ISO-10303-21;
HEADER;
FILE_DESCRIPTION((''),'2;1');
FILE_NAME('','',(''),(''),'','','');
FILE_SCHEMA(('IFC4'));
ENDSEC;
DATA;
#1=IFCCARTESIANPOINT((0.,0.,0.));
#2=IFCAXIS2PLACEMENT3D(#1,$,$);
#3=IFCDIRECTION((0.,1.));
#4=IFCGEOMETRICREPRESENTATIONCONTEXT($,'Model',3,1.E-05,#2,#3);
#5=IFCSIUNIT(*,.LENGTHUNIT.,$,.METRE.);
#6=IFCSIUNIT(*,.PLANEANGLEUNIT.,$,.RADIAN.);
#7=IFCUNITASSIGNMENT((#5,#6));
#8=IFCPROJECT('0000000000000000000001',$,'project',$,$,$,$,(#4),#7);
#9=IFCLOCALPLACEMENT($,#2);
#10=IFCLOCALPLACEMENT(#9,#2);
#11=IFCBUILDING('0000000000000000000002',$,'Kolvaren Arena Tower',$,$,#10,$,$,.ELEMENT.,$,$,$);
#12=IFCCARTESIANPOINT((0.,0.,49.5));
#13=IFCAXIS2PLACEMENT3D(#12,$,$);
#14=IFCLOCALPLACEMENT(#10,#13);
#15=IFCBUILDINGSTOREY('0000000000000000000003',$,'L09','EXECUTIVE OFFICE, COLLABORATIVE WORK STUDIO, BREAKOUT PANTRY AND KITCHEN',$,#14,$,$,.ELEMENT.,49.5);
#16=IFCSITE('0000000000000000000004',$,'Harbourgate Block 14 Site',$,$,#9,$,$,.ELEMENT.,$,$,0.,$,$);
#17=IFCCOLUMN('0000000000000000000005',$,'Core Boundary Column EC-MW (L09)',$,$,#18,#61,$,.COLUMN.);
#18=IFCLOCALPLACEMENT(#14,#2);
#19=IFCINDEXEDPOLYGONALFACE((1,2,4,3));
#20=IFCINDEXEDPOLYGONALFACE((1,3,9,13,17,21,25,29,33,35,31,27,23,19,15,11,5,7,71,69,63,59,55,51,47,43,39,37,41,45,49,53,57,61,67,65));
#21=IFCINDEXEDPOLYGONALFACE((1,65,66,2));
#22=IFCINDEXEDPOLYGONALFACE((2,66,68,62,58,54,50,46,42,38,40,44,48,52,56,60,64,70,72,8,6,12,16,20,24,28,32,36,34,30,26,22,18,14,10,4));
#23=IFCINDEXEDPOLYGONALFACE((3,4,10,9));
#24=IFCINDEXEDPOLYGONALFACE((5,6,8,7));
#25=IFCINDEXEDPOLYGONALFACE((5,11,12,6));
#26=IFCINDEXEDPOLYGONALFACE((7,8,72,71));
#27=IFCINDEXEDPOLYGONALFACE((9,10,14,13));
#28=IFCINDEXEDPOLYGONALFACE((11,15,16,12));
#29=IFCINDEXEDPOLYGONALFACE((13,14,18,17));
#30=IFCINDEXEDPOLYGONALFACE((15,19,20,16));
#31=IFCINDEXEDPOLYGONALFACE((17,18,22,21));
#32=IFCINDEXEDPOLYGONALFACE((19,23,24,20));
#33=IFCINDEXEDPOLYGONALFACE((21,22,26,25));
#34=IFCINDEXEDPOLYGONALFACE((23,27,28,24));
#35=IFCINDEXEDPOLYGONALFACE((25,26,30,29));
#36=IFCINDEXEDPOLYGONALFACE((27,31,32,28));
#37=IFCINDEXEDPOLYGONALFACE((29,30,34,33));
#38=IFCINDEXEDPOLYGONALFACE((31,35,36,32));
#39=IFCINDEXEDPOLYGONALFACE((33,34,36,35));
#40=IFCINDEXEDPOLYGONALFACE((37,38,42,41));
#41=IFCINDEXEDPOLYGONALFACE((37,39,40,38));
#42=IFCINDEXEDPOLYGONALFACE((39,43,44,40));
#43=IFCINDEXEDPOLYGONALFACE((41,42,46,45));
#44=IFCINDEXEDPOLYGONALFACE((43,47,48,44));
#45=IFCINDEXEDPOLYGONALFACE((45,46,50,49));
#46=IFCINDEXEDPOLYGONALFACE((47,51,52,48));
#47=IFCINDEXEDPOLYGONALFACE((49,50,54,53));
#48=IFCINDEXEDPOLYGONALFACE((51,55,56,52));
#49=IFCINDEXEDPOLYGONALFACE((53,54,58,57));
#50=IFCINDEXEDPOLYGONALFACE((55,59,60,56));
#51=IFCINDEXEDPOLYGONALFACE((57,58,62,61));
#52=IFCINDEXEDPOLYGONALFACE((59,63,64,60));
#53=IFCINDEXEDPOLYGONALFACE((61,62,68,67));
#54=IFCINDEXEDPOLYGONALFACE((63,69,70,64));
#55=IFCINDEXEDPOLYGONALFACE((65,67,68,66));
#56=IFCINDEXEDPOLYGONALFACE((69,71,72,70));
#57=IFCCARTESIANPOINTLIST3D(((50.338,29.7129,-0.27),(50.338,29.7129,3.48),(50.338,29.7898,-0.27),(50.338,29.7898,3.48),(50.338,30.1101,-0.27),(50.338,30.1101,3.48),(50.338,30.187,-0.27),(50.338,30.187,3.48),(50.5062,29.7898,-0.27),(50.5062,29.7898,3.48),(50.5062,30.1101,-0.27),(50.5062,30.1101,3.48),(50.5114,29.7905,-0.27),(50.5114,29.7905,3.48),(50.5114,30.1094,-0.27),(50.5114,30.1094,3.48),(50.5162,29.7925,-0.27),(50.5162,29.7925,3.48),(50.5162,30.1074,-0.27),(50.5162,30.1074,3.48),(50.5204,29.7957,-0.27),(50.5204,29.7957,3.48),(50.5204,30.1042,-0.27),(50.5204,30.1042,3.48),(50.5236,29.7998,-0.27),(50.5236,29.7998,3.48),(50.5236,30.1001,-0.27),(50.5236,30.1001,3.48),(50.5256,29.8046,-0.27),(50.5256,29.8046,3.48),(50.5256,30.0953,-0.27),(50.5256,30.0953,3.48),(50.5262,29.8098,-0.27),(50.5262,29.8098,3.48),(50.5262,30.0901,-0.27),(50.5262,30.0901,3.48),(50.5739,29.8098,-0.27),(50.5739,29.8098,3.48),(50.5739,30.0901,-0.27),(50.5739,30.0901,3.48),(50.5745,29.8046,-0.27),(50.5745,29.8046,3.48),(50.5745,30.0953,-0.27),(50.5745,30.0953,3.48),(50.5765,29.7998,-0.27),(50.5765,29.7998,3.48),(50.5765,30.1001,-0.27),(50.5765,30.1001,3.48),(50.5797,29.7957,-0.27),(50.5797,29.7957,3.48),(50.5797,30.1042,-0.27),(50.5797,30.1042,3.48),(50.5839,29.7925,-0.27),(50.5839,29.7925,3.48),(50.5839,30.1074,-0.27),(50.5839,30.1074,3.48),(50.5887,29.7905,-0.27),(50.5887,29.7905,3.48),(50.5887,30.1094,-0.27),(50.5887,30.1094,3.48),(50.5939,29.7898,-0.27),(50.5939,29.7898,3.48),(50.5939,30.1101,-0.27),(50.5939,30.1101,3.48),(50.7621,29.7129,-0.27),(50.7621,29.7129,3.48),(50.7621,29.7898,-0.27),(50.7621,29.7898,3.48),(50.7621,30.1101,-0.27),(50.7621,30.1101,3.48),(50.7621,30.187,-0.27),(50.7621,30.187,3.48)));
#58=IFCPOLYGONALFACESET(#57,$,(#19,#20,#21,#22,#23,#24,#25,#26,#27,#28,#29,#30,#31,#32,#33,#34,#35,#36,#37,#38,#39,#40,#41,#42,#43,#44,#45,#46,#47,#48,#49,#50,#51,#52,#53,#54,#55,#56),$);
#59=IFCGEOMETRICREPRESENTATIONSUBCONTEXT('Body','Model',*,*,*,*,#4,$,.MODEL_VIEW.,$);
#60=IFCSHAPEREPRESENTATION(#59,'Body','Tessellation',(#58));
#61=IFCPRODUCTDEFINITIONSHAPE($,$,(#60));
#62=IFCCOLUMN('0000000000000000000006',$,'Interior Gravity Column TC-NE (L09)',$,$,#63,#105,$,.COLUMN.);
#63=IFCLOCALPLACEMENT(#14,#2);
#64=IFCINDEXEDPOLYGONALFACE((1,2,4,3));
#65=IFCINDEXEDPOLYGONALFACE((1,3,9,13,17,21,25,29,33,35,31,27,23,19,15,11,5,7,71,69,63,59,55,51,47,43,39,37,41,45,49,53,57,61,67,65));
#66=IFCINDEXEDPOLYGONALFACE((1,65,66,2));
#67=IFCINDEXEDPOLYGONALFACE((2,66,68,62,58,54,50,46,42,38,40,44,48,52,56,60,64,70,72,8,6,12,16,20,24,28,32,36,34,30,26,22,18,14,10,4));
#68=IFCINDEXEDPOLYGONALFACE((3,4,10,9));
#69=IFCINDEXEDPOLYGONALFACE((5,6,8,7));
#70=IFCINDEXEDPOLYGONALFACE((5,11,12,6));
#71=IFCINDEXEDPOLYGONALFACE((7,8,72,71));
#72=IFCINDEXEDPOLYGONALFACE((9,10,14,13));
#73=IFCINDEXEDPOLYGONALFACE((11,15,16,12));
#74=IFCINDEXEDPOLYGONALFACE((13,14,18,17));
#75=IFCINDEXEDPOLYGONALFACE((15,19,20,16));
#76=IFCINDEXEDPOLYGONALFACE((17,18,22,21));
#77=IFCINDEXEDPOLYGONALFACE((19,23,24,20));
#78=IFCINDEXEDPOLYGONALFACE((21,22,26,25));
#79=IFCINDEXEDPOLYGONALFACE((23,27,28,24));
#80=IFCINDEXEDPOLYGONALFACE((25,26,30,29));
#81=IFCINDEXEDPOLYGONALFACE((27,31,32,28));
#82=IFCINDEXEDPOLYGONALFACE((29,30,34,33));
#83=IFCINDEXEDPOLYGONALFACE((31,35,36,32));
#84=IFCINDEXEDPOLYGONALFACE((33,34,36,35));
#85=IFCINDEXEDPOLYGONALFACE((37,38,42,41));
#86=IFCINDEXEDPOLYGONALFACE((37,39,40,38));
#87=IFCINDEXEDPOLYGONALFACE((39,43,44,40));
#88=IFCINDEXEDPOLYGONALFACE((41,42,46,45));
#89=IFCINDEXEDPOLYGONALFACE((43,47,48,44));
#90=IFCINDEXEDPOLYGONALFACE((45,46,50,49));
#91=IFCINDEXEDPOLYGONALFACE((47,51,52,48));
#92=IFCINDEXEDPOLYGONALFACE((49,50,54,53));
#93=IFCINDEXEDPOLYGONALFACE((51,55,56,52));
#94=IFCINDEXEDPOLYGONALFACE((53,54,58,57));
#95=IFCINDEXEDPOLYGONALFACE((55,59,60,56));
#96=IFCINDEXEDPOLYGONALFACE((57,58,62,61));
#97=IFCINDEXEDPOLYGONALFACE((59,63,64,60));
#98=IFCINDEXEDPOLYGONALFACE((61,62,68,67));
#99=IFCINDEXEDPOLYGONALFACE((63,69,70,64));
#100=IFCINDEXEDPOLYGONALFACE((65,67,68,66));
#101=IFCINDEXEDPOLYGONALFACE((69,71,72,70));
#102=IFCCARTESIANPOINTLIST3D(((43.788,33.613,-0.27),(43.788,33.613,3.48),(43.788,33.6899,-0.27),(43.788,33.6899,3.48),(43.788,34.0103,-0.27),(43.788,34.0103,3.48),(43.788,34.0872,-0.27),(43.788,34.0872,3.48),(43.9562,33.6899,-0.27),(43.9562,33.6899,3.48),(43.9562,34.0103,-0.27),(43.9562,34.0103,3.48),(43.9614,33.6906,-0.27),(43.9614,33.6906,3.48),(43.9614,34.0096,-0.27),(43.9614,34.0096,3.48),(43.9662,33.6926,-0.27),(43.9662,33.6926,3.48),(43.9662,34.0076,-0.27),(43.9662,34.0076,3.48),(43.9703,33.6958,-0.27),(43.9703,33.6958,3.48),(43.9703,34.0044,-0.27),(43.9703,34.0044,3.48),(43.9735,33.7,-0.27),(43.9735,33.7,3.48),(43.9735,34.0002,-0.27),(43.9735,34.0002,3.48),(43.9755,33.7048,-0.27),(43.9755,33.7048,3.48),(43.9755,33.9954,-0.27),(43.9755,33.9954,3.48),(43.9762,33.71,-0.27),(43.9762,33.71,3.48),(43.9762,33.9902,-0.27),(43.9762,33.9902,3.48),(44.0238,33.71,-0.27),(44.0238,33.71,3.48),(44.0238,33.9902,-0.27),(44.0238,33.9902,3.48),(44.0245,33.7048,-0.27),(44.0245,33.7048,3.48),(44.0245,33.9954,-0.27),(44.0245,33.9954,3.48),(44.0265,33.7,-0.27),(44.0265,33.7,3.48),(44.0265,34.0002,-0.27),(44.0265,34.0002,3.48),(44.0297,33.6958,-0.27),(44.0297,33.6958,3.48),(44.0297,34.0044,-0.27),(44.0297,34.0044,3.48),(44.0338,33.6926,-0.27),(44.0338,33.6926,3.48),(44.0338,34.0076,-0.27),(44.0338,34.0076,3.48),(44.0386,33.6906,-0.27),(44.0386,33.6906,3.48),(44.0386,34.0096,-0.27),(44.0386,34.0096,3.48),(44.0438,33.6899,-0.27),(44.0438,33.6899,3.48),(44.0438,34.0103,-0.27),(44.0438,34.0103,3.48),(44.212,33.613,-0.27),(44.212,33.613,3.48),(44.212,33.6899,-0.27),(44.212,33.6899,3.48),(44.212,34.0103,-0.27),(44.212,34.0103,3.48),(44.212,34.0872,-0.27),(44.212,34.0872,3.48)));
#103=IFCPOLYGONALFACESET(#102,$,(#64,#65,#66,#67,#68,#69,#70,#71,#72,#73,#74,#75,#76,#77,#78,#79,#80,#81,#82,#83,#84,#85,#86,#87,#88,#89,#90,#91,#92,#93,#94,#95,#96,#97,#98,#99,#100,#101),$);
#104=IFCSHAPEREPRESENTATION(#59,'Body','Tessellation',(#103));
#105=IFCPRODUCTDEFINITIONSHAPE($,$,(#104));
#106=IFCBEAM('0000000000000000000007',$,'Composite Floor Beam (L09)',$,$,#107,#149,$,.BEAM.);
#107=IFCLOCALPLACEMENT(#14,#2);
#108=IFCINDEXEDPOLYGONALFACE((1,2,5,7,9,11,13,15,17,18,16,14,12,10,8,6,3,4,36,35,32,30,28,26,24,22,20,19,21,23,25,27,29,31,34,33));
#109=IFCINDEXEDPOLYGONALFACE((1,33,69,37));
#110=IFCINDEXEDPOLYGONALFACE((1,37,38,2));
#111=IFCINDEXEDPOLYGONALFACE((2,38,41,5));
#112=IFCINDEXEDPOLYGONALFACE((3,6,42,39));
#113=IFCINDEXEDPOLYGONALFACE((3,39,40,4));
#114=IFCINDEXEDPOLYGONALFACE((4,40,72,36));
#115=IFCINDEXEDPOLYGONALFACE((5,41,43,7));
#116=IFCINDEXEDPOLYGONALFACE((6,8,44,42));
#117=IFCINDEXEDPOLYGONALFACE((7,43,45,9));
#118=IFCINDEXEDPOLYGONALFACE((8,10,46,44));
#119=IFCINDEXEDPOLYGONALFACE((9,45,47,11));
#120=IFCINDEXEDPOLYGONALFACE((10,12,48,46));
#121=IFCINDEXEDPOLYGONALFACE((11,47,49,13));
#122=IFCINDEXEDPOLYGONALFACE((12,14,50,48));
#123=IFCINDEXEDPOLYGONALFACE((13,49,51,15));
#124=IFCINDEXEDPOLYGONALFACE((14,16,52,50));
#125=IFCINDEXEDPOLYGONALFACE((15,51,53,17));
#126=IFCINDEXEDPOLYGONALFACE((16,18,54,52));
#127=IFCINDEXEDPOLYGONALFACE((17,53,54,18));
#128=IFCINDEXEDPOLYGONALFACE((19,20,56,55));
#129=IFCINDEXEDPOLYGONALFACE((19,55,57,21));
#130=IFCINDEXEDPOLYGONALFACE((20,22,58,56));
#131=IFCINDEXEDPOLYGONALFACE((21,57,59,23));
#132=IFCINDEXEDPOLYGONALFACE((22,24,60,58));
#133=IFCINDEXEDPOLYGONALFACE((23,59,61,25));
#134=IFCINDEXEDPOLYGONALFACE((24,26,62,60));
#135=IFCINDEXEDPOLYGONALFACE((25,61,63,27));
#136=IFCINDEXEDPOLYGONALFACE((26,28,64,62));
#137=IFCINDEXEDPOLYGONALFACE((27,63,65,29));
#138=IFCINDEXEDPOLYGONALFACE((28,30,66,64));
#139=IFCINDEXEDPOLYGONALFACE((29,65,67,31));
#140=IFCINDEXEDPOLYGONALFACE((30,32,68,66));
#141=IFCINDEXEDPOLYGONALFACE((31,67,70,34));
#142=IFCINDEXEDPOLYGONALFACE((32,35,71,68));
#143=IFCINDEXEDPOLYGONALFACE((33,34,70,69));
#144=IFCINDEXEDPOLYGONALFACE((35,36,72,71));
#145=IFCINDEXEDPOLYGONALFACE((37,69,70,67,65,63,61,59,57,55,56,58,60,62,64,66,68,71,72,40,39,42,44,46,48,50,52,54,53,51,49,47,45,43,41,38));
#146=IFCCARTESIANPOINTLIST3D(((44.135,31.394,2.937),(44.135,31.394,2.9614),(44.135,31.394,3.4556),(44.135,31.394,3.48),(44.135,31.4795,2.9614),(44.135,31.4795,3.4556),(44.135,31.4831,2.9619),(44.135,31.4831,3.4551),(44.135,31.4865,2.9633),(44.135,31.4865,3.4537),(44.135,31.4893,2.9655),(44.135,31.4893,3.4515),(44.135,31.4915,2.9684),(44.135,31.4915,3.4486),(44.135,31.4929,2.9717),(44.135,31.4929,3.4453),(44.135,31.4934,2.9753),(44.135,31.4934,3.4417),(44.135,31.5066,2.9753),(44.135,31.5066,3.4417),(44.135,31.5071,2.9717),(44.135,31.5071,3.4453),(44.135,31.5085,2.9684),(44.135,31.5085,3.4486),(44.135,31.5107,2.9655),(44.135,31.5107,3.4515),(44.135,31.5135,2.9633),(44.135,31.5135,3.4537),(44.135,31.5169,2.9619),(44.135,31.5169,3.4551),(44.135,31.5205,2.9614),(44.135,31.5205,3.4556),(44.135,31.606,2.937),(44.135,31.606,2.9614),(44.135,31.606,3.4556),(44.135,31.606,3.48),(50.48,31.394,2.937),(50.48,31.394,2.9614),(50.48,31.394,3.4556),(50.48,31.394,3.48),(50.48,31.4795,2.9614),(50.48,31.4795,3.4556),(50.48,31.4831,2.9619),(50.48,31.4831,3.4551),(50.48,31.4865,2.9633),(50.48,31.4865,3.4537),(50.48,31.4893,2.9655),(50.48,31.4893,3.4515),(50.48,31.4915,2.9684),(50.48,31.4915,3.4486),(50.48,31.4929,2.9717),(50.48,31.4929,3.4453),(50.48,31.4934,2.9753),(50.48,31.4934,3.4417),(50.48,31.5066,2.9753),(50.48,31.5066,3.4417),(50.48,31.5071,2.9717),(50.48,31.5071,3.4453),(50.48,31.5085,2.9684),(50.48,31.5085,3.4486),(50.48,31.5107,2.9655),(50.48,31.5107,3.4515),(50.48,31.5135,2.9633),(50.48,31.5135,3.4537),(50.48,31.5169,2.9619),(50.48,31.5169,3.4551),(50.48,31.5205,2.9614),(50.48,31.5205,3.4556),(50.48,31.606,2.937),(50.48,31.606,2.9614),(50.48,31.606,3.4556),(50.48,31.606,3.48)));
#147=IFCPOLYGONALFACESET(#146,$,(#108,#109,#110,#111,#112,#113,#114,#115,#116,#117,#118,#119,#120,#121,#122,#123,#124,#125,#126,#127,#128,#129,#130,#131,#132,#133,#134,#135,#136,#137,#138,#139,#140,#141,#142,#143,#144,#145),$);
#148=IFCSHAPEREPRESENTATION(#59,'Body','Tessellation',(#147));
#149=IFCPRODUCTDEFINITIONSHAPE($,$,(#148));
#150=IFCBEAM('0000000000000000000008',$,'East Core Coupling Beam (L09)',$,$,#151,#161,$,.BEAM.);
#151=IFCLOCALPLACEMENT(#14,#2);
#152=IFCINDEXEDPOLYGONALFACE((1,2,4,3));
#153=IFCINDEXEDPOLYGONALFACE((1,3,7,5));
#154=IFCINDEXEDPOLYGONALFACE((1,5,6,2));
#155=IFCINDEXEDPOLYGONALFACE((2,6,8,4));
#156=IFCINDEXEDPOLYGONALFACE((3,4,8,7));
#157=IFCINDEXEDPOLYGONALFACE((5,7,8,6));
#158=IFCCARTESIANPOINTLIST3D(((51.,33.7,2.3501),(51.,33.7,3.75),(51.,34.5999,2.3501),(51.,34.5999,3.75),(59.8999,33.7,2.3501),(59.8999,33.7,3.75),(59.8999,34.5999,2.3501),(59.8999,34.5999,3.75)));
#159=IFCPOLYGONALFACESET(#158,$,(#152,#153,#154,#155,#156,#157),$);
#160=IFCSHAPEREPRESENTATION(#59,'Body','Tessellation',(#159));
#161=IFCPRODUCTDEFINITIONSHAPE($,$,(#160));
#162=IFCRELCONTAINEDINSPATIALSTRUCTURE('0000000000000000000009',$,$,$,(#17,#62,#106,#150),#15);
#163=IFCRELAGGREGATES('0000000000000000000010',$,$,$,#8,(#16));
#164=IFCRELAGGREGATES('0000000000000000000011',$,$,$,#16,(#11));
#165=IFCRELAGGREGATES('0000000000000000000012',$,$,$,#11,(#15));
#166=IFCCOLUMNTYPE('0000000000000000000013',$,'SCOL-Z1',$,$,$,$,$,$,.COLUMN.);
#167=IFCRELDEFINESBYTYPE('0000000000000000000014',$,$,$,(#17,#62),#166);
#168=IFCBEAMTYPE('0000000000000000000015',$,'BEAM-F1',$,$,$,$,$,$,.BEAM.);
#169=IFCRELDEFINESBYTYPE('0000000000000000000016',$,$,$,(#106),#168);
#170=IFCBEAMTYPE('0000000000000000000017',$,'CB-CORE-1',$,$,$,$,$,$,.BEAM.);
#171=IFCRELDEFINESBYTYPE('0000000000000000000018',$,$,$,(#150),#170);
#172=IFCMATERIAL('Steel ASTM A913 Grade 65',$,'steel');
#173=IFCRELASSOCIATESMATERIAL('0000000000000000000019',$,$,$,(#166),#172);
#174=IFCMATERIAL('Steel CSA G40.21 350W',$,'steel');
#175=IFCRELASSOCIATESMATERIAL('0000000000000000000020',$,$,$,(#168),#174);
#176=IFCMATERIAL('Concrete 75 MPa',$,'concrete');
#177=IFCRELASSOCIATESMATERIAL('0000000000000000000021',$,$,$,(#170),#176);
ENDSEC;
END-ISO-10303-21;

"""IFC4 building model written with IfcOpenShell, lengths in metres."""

from ifc_helpers import new_model, si_unit, direction, frame, origin, origin_2d, place, context, subcontext, project, spatial, rectangle, i_section, extrude, material, material_profile, profile_set, type_object, element, save


model = new_model("IFC4")

# Units and contexts
model_context = context("Model", 3, precision=1e-05, world=origin(), true_north=direction((0.0, 1.0)))
body_context = subcontext(model_context, "Body", "Model", "MODEL_VIEW")
ifc_project = project(units=[si_unit("LENGTHUNIT", "METRE"), si_unit("PLANEANGLEUNIT", "RADIAN")], contexts=[model_context])

# Site, building, storey
site_placement = place(None, origin())
site = spatial("IfcSite", under=ifc_project, at=site_placement, Name="Harbourgate Block 14 Site", CompositionType="ELEMENT", RefElevation=0.0)
building_placement = place(site_placement, origin())
building = spatial("IfcBuilding", under=site, at=building_placement, Name="Kolvaren Arena Tower", CompositionType="ELEMENT")
storey_placement = place(building_placement, frame((0.0, 0.0, 49.5)))
storey = spatial("IfcBuildingStorey", under=building, at=storey_placement, Name="L09", Description="EXECUTIVE OFFICE, COLLABORATIVE WORK STUDIO, BREAKOUT PANTRY AND KITCHEN", CompositionType="ELEMENT", Elevation=49.5)

# Columns
ifc_material_1 = material(Name="Steel ASTM A913 Grade 65", Category="steel")
ifc_material_profile_1 = material_profile(ifc_material_1, i_section(OverallWidth=0.4241, OverallDepth=0.4741, WebThickness=0.0476, FlangeThickness=0.0769, FilletRadius=0.02, at=origin_2d()), Name="W360x634")
ifc_profile_set_1 = profile_set([ifc_material_profile_1], Name="Steel ASTM A913 Grade 65")
column_type = type_object("IfcColumnType", Name="SCOL-Z1", PredefinedType="COLUMN", material=ifc_profile_set_1)
for number, where, z_axis, x_axis, name in (
    (1, (50.55, 29.95, -0.27), (0.0, 0.0, 1.0), (1.0, 0.0, 0.0), "Core Boundary Column EC-MW (L09)"),
    (2, (44.0, 33.8501, -0.27), (0.0, 0.0, 1.0), (1.0, 0.0, 0.0), "Interior Gravity Column TC-NE (L09)"),
):
    element("IfcColumn", number, at=place(storey_placement, frame(where, z_axis=z_axis, x_axis=x_axis)), inside=storey, type_object=column_type, Name=name, PredefinedType="COLUMN", context=body_context, shape_type="SweptSolid", body=[
        extrude(i_section(OverallWidth=0.4241, OverallDepth=0.4741, WebThickness=0.0476, FlangeThickness=0.0769, FilletRadius=0.02, at=origin_2d()), origin(), (0.0, 0.0, 1.0), 3.75),
    ])

# Beams
ifc_material_2 = material(Name="Steel CSA G40.21 350W", Category="steel")
ifc_material_profile_2 = material_profile(ifc_material_2, i_section(OverallWidth=0.2119, OverallDepth=0.543, WebThickness=0.0132, FlangeThickness=0.0244, FilletRadius=0.0139, at=origin_2d()), Name="W530x150")
ifc_profile_set_2 = profile_set([ifc_material_profile_2], Name="Steel CSA G40.21 350W")
beam_type_1 = type_object("IfcBeamType", Name="BEAM-F1", PredefinedType="BEAM", material=ifc_profile_set_2)
beam_1_placement = place(storey_placement, frame((44.135, 31.5, 3.2085), z_axis=(1.0, 0.0, 0.0), x_axis=(0.0, 1.0, 0.0)))
element("IfcBeam", 3, at=beam_1_placement, inside=storey, type_object=beam_type_1, Name="Composite Floor Beam (L09)", PredefinedType="BEAM", context=body_context, shape_type="SweptSolid", body=[
    extrude(i_section(OverallWidth=0.2119, OverallDepth=0.543, WebThickness=0.0132, FlangeThickness=0.0244, FilletRadius=0.0139, at=origin_2d()), origin(), (0.0, 0.0, 1.0), 6.345),
])
ifc_material_3 = material(Name="Concrete 75 MPa", Category="concrete")
ifc_material_profile_3 = material_profile(ifc_material_3, rectangle(XDim=0.8999, YDim=1.3999, at=origin_2d()), Name="RC-900x1400")
ifc_profile_set_3 = profile_set([ifc_material_profile_3], Name="Concrete 75 MPa")
beam_type_2 = type_object("IfcBeamType", Name="CB-CORE-1", PredefinedType="BEAM", material=ifc_profile_set_3)
beam_2_placement = place(storey_placement, frame((51.0, 34.1499, 3.05), z_axis=(1.0, 0.0, 0.0), x_axis=(0.0, 1.0, 0.0)))
element("IfcBeam", 4, at=beam_2_placement, inside=storey, type_object=beam_type_2, Name="East Core Coupling Beam (L09)", PredefinedType="BEAM", context=body_context, shape_type="SweptSolid", body=[
    extrude(rectangle(XDim=0.8999, YDim=1.3999, at=origin_2d()), origin(), (0.0, 0.0, 1.0), 8.8999),
])

save(model, "model.ifc")
